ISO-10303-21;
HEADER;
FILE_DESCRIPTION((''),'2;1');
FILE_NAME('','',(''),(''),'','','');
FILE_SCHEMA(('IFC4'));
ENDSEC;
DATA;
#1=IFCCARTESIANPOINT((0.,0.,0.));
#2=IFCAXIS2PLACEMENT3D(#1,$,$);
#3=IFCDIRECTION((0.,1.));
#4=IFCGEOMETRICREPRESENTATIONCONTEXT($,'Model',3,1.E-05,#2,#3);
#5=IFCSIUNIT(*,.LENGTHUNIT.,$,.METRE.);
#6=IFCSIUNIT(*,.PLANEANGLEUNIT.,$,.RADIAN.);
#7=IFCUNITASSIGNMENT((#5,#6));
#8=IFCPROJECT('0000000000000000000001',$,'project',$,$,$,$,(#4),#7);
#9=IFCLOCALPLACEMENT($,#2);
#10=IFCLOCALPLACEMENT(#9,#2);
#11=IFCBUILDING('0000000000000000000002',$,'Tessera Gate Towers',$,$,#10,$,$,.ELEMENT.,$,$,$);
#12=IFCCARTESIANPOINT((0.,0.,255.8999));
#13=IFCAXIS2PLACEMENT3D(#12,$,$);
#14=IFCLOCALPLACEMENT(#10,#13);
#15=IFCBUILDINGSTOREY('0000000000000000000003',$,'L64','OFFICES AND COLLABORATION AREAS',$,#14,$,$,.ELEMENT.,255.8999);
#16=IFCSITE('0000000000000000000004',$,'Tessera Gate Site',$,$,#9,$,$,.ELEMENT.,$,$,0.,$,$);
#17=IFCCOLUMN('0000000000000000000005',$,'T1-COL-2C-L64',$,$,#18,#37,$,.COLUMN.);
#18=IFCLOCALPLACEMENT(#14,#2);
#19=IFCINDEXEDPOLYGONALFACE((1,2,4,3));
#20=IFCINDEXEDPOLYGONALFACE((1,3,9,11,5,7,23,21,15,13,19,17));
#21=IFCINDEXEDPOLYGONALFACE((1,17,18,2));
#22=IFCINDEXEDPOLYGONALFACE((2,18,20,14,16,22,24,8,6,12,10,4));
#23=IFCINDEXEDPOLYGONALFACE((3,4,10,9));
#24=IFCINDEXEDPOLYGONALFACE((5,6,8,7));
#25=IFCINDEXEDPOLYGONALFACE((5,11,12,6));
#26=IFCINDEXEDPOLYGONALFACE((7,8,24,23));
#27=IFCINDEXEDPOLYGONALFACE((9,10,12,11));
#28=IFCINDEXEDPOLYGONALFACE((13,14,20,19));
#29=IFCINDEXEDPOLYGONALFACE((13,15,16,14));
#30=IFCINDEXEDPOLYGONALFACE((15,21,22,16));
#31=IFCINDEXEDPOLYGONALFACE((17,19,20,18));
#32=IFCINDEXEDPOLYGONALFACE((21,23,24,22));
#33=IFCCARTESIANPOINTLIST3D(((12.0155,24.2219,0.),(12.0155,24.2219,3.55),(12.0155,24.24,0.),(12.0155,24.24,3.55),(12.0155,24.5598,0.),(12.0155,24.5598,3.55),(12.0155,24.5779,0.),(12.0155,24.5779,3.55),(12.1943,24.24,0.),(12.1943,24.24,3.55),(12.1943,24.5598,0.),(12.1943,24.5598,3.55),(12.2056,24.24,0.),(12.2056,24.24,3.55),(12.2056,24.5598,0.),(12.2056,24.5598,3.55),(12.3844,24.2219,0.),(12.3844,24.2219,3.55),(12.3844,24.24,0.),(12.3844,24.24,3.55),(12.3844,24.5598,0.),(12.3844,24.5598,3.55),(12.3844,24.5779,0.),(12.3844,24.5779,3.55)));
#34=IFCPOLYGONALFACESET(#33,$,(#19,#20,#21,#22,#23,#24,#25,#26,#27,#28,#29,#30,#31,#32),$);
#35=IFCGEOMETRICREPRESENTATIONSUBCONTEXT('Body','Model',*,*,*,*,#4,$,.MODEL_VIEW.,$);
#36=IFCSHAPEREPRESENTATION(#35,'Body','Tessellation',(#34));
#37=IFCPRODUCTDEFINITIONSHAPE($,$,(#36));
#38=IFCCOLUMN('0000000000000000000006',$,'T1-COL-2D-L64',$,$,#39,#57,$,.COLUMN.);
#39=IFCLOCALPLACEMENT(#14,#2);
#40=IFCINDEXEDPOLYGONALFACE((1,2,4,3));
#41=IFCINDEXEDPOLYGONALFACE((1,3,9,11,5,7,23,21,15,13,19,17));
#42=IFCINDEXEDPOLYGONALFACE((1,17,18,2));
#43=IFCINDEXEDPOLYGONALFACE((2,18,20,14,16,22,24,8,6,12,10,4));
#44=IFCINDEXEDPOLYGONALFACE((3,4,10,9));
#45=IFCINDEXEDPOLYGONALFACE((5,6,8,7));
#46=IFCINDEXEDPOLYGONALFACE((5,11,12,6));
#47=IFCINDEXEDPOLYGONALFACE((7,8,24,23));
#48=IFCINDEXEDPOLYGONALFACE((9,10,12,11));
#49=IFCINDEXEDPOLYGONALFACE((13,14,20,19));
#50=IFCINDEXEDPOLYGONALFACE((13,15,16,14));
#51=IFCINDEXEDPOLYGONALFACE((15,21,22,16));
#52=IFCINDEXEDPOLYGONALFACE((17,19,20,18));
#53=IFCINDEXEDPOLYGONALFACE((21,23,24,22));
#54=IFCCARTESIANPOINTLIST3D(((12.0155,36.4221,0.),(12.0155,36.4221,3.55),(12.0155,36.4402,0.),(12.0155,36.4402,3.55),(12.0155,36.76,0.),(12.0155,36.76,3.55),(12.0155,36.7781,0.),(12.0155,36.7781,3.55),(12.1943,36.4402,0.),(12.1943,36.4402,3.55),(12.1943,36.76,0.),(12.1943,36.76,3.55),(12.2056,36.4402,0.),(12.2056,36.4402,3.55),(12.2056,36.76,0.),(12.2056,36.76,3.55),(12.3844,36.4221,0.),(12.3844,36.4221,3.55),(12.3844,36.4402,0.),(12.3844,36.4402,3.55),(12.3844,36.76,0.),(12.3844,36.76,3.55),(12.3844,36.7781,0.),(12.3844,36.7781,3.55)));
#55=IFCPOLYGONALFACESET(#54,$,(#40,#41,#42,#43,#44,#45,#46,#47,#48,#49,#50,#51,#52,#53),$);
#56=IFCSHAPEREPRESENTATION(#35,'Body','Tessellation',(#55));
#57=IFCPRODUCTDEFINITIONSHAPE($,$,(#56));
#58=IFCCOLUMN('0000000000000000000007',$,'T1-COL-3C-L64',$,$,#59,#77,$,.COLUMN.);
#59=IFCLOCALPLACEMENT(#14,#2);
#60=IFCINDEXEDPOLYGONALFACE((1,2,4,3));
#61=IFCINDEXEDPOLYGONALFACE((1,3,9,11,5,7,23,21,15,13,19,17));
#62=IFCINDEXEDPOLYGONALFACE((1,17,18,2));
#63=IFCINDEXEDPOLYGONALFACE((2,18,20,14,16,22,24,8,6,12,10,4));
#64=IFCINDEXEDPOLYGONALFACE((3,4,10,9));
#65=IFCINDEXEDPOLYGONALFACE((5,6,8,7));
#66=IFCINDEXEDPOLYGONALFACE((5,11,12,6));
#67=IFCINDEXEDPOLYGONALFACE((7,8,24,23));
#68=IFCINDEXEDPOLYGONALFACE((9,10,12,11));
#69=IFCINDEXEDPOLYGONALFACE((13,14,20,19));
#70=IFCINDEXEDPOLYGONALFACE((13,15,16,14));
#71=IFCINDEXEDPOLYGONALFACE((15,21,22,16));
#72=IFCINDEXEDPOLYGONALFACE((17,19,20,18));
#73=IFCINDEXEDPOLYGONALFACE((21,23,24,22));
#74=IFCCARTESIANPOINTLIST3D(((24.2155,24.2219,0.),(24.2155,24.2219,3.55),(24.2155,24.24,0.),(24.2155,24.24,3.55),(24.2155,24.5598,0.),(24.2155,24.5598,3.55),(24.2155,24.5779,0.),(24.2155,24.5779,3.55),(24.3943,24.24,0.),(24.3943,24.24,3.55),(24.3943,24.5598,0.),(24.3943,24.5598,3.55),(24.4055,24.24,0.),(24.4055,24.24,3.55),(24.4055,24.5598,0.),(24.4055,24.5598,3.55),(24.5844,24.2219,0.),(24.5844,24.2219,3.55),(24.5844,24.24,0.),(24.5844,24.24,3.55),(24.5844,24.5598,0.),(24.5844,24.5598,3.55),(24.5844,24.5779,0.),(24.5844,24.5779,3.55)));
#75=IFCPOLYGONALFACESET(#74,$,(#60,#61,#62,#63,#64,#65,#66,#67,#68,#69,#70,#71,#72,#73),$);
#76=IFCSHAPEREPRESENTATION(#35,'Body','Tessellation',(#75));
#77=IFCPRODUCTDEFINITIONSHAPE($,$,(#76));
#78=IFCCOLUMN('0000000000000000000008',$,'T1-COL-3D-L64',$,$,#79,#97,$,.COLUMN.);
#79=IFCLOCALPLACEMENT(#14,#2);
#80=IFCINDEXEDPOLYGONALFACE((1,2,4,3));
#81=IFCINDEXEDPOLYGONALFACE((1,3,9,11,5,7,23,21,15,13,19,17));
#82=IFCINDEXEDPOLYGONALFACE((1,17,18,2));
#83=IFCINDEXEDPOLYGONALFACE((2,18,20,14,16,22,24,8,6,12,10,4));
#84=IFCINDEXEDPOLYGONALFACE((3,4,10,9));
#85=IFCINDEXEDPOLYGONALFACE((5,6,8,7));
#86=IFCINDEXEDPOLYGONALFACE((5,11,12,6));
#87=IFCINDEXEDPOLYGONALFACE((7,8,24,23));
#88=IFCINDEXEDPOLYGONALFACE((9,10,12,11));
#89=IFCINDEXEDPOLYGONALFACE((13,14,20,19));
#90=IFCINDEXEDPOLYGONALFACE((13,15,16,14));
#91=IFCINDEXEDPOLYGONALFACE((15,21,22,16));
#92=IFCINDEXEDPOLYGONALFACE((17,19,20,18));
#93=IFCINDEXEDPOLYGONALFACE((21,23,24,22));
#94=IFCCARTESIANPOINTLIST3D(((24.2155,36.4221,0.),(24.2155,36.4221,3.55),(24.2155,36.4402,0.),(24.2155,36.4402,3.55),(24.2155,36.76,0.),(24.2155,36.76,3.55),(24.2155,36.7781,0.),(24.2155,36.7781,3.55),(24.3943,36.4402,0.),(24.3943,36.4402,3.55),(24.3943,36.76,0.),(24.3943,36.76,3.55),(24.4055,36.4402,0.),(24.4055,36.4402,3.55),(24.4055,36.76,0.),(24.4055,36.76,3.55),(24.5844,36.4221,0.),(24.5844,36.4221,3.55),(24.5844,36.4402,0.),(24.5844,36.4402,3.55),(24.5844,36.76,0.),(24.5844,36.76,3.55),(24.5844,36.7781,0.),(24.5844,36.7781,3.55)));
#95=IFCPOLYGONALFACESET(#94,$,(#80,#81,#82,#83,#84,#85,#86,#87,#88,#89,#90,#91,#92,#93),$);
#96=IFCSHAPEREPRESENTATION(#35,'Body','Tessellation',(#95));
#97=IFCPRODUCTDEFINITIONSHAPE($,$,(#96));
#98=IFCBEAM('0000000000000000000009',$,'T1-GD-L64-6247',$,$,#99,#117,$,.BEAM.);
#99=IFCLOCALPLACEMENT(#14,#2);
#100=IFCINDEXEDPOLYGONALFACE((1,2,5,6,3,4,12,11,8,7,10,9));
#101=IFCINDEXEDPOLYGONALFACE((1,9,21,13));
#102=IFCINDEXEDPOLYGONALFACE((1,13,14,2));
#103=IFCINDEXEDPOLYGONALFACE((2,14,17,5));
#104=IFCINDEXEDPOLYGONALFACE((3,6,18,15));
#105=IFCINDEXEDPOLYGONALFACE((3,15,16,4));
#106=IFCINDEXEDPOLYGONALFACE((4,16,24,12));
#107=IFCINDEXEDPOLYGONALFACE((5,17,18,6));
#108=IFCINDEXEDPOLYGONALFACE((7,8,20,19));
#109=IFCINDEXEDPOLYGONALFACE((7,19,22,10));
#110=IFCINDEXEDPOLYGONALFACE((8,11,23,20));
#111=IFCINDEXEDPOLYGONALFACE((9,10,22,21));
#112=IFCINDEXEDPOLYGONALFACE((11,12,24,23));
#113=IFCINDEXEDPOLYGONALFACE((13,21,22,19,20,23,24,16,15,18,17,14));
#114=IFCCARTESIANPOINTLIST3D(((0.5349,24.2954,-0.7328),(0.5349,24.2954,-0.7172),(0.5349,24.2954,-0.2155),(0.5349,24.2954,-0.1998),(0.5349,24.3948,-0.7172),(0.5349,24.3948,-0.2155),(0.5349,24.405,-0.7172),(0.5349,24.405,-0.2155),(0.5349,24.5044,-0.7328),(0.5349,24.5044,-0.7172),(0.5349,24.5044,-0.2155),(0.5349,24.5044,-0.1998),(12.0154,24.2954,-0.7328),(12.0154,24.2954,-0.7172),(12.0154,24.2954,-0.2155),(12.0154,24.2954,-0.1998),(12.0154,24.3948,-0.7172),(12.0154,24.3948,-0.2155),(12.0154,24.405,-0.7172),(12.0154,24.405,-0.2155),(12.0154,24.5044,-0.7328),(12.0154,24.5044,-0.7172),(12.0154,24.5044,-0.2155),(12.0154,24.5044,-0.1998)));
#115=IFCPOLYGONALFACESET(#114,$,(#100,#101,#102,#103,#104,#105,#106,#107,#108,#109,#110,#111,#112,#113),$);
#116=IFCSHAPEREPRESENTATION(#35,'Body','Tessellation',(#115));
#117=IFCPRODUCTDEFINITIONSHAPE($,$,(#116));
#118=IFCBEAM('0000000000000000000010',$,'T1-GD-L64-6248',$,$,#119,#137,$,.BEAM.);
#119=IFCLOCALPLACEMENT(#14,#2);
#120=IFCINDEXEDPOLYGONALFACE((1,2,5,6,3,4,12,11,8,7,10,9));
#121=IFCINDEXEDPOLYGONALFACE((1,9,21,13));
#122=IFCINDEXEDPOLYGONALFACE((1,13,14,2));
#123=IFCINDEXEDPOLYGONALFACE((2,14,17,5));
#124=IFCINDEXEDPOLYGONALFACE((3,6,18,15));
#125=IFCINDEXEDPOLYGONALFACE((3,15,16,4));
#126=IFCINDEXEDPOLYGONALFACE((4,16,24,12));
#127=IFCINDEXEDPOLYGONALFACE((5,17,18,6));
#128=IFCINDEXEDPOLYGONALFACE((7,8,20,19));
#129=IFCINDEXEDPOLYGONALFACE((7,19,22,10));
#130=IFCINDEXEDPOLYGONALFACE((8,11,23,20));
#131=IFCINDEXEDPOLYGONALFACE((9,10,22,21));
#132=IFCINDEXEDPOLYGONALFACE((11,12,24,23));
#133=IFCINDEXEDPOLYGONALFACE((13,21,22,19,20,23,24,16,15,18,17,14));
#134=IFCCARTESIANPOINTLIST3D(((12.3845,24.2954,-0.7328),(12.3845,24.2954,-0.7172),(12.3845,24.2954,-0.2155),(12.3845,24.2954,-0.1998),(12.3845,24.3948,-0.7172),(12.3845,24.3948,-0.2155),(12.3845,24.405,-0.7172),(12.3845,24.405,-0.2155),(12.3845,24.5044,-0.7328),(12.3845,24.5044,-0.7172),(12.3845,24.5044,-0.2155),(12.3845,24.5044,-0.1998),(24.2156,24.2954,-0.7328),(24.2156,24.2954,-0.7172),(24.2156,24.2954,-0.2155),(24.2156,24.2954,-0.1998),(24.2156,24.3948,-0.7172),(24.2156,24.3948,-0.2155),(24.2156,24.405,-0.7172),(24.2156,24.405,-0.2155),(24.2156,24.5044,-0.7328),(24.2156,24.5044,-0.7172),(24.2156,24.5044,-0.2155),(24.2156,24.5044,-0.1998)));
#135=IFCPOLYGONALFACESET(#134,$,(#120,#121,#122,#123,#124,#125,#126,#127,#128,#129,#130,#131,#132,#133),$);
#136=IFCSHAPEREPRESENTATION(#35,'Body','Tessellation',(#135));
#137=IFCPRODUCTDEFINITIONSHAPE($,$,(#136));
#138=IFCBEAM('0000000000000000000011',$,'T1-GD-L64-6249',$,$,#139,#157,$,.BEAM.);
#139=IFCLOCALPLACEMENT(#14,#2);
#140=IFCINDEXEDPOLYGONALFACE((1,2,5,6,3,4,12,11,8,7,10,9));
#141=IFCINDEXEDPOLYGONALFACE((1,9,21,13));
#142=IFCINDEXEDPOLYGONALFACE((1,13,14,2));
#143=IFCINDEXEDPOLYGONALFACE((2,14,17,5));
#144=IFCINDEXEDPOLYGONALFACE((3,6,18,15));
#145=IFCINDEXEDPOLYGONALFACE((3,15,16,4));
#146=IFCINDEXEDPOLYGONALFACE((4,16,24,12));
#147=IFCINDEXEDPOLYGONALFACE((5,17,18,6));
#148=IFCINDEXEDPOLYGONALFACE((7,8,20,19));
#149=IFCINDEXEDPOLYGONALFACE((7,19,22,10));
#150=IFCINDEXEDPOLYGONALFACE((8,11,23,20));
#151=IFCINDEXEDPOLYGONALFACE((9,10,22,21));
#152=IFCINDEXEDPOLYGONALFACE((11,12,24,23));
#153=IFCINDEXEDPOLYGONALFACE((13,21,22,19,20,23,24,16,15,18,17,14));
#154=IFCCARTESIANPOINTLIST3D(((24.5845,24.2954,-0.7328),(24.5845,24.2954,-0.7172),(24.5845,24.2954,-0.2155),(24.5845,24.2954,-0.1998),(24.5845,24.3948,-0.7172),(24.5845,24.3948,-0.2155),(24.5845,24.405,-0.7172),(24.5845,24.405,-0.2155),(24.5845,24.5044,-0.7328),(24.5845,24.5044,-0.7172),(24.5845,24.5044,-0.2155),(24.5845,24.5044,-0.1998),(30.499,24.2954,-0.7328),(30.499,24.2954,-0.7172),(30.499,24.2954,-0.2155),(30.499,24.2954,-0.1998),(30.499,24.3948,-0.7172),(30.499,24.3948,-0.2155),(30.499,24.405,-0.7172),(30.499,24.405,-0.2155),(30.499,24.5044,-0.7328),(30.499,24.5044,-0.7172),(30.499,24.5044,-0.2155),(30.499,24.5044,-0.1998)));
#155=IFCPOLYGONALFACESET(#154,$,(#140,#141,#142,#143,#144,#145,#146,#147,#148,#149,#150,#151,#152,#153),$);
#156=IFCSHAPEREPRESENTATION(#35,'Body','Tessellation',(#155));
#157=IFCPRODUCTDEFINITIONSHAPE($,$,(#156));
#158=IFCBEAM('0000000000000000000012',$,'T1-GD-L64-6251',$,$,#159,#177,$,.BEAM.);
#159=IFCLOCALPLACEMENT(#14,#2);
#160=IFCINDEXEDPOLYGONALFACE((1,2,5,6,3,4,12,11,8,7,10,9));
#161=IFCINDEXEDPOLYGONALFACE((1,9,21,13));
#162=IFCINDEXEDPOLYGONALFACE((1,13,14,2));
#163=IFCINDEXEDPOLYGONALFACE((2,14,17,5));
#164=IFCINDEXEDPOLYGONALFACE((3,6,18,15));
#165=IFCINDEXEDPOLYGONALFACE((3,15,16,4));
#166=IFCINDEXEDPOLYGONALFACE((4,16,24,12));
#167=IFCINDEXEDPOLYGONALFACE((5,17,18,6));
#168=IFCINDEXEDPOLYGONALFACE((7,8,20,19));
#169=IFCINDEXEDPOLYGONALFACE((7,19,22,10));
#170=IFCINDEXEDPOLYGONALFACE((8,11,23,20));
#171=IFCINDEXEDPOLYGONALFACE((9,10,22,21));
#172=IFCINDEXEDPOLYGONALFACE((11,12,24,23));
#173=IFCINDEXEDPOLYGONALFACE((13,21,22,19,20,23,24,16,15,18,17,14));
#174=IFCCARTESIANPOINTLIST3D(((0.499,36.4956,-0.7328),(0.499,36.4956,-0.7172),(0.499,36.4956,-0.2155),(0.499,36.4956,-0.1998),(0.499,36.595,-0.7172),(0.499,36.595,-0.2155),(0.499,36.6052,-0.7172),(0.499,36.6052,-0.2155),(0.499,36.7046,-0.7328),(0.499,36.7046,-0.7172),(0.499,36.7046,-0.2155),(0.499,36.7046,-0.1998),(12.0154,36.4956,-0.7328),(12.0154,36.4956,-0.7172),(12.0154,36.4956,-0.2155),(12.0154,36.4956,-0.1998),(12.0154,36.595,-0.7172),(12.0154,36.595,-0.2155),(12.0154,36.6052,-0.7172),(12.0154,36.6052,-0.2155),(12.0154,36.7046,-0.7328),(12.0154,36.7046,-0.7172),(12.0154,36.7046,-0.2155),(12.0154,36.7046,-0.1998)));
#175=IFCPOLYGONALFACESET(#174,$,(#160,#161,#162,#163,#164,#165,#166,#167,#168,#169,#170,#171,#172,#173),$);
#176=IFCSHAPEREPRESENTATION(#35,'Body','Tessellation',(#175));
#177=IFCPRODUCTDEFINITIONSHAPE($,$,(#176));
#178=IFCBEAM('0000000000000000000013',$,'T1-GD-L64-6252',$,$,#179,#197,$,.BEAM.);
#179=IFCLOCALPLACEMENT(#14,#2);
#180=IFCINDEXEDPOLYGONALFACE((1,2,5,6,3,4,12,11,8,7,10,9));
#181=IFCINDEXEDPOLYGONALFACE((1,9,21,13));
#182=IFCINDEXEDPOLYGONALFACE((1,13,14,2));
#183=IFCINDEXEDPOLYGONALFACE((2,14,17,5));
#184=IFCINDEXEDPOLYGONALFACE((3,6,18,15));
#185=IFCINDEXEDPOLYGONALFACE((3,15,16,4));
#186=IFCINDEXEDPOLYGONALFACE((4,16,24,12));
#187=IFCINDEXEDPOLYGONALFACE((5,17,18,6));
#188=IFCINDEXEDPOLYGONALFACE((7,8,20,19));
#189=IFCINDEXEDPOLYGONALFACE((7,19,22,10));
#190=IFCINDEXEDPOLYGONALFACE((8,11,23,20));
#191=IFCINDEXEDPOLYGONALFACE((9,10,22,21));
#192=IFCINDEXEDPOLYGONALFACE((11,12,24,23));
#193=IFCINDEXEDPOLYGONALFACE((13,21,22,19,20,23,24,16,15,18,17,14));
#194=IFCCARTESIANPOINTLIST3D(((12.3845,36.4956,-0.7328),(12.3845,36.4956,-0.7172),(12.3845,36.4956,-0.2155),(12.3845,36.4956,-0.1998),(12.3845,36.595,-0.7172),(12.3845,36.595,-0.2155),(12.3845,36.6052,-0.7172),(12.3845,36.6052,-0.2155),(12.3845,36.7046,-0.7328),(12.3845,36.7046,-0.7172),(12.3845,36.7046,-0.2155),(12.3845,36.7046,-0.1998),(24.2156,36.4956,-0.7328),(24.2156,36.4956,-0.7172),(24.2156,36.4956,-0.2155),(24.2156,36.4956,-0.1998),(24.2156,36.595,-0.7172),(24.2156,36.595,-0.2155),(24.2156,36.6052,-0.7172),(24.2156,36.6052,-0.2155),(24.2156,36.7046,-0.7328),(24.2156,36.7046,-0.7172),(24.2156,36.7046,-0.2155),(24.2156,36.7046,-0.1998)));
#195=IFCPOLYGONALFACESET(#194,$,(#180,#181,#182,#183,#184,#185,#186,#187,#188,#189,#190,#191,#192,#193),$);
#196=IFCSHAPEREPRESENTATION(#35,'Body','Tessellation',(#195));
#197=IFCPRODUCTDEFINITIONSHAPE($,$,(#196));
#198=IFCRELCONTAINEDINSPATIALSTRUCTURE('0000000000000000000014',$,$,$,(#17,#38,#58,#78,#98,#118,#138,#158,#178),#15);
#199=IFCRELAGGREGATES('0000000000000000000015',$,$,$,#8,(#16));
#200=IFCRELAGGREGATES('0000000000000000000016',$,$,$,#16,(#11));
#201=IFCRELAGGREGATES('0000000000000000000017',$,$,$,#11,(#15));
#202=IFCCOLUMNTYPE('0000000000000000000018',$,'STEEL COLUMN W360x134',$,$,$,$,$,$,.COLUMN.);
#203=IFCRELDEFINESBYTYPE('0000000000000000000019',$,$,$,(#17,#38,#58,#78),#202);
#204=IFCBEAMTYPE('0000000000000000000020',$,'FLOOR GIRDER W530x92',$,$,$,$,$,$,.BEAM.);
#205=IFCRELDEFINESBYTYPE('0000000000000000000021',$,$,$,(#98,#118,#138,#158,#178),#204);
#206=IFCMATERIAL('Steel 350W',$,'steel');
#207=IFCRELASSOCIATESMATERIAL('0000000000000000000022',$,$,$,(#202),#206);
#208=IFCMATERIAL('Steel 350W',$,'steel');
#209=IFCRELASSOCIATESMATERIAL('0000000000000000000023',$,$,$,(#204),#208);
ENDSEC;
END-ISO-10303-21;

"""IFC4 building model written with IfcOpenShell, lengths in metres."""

from ifc_helpers import new_model, si_unit, direction, frame, origin, origin_2d, place, context, subcontext, project, spatial, i_section, extrude, material, material_profile, profile_set, type_object, element, save


model = new_model("IFC4")

# Units and contexts
model_context = context("Model", 3, precision=1e-05, world=origin(), true_north=direction((0.0, 1.0)))
body_context = subcontext(model_context, "Body", "Model", "MODEL_VIEW")
ifc_project = project(units=[si_unit("LENGTHUNIT", "METRE"), si_unit("PLANEANGLEUNIT", "RADIAN")], contexts=[model_context])

# Site, building, storey
site_placement = place(None, origin())
site = spatial("IfcSite", under=ifc_project, at=site_placement, Name="Tessera Gate Site", CompositionType="ELEMENT", RefElevation=0.0)
building_placement = place(site_placement, origin())
building = spatial("IfcBuilding", under=site, at=building_placement, Name="Tessera Gate Towers", CompositionType="ELEMENT")
storey_placement = place(building_placement, frame((0.0, 0.0, 255.8999)))
storey = spatial("IfcBuildingStorey", under=building, at=storey_placement, Name="L64", Description="OFFICES AND COLLABORATION AREAS", CompositionType="ELEMENT", Elevation=255.8999)

# Columns
ifc_material_1 = material(Name="Steel 350W", Category="steel")
ifc_material_profile_1 = material_profile(ifc_material_1, i_section(OverallWidth=0.3689, OverallDepth=0.356, WebThickness=0.0112, FlangeThickness=0.0181, at=origin_2d()), Name="W360x134")
ifc_profile_set_1 = profile_set([ifc_material_profile_1], Name="Steel 350W")
column_type = type_object("IfcColumnType", Name="STEEL COLUMN W360x134", PredefinedType="COLUMN", material=ifc_profile_set_1)
for number, where, z_axis, x_axis, name in (
    (1, (12.2, 24.3999, 0.0), (0.0, 0.0, 1.0), (1.0, 0.0, 0.0), "T1-COL-2C-L64"),
    (2, (12.2, 36.6001, 0.0), (0.0, 0.0, 1.0), (1.0, 0.0, 0.0), "T1-COL-2D-L64"),
    (3, (24.3999, 24.3999, 0.0), (0.0, 0.0, 1.0), (1.0, 0.0, 0.0), "T1-COL-3C-L64"),
    (4, (24.3999, 36.6001, 0.0), (0.0, 0.0, 1.0), (1.0, 0.0, 0.0), "T1-COL-3D-L64"),
):
    element("IfcColumn", number, at=place(storey_placement, frame(where, z_axis=z_axis, x_axis=x_axis)), inside=storey, type_object=column_type, Name=name, PredefinedType="COLUMN", context=body_context, shape_type="SweptSolid", body=[
        extrude(i_section(OverallWidth=0.3689, OverallDepth=0.356, WebThickness=0.0112, FlangeThickness=0.0181, at=origin_2d()), origin(), (0.0, 0.0, 1.0), 3.55),
    ])

# Beams
ifc_material_2 = material(Name="Steel 350W", Category="steel")
ifc_material_profile_2 = material_profile(ifc_material_2, i_section(OverallWidth=0.209, OverallDepth=0.533, WebThickness=0.0103, FlangeThickness=0.0156, at=origin_2d()), Name="W530x92")
ifc_profile_set_2 = profile_set([ifc_material_profile_2], Name="Steel 350W")
beam_type_1 = type_object("IfcBeamType", Name="FLOOR GIRDER W530x92", PredefinedType="BEAM", material=ifc_profile_set_2)
beam_1_placement = place(storey_placement, frame((0.5349, 24.3999, -0.4663), z_axis=(1.0, 0.0, 0.0), x_axis=(0.0, 1.0, 0.0)))
element("IfcBeam", 5, at=beam_1_placement, inside=storey, type_object=beam_type_1, Name="T1-GD-L64-6247", PredefinedType="BEAM", context=body_context, shape_type="SweptSolid", body=[
    extrude(i_section(OverallWidth=0.209, OverallDepth=0.533, WebThickness=0.0103, FlangeThickness=0.0156, at=origin_2d()), origin(), (0.0, 0.0, 1.0), 11.4805),
])
beam_2_placement = place(storey_placement, frame((12.3845, 24.3999, -0.4663), z_axis=(1.0, 0.0, 0.0), x_axis=(0.0, 1.0, 0.0)))
element("IfcBeam", 6, at=beam_2_placement, inside=storey, type_object=beam_type_1, Name="T1-GD-L64-6248", PredefinedType="BEAM", context=body_context, shape_type="SweptSolid", body=[
    extrude(i_section(OverallWidth=0.209, OverallDepth=0.533, WebThickness=0.0103, FlangeThickness=0.0156, at=origin_2d()), origin(), (0.0, 0.0, 1.0), 11.8311),
])
beam_3_placement = place(storey_placement, frame((24.5845, 24.3999, -0.4663), z_axis=(1.0, 0.0, 0.0), x_axis=(0.0, 1.0, 0.0)))
element("IfcBeam", 7, at=beam_3_placement, inside=storey, type_object=beam_type_1, Name="T1-GD-L64-6249", PredefinedType="BEAM", context=body_context, shape_type="SweptSolid", body=[
    extrude(i_section(OverallWidth=0.209, OverallDepth=0.533, WebThickness=0.0103, FlangeThickness=0.0156, at=origin_2d()), origin(), (0.0, 0.0, 1.0), 5.9146),
])
beam_4_placement = place(storey_placement, frame((0.499, 36.6001, -0.4663), z_axis=(1.0, 0.0, 0.0), x_axis=(0.0, 1.0, 0.0)))
element("IfcBeam", 8, at=beam_4_placement, inside=storey, type_object=beam_type_1, Name="T1-GD-L64-6251", PredefinedType="BEAM", context=body_context, shape_type="SweptSolid", body=[
    extrude(i_section(OverallWidth=0.209, OverallDepth=0.533, WebThickness=0.0103, FlangeThickness=0.0156, at=origin_2d()), origin(), (0.0, 0.0, 1.0), 11.5164),
])
beam_5_placement = place(storey_placement, frame((12.3845, 36.6001, -0.4663), z_axis=(1.0, 0.0, 0.0), x_axis=(0.0, 1.0, 0.0)))
element("IfcBeam", 9, at=beam_5_placement, inside=storey, type_object=beam_type_1, Name="T1-GD-L64-6252", PredefinedType="BEAM", context=body_context, shape_type="SweptSolid", body=[
    extrude(i_section(OverallWidth=0.209, OverallDepth=0.533, WebThickness=0.0103, FlangeThickness=0.0156, at=origin_2d()), origin(), (0.0, 0.0, 1.0), 11.8311),
])

save(model, "model.ifc")
